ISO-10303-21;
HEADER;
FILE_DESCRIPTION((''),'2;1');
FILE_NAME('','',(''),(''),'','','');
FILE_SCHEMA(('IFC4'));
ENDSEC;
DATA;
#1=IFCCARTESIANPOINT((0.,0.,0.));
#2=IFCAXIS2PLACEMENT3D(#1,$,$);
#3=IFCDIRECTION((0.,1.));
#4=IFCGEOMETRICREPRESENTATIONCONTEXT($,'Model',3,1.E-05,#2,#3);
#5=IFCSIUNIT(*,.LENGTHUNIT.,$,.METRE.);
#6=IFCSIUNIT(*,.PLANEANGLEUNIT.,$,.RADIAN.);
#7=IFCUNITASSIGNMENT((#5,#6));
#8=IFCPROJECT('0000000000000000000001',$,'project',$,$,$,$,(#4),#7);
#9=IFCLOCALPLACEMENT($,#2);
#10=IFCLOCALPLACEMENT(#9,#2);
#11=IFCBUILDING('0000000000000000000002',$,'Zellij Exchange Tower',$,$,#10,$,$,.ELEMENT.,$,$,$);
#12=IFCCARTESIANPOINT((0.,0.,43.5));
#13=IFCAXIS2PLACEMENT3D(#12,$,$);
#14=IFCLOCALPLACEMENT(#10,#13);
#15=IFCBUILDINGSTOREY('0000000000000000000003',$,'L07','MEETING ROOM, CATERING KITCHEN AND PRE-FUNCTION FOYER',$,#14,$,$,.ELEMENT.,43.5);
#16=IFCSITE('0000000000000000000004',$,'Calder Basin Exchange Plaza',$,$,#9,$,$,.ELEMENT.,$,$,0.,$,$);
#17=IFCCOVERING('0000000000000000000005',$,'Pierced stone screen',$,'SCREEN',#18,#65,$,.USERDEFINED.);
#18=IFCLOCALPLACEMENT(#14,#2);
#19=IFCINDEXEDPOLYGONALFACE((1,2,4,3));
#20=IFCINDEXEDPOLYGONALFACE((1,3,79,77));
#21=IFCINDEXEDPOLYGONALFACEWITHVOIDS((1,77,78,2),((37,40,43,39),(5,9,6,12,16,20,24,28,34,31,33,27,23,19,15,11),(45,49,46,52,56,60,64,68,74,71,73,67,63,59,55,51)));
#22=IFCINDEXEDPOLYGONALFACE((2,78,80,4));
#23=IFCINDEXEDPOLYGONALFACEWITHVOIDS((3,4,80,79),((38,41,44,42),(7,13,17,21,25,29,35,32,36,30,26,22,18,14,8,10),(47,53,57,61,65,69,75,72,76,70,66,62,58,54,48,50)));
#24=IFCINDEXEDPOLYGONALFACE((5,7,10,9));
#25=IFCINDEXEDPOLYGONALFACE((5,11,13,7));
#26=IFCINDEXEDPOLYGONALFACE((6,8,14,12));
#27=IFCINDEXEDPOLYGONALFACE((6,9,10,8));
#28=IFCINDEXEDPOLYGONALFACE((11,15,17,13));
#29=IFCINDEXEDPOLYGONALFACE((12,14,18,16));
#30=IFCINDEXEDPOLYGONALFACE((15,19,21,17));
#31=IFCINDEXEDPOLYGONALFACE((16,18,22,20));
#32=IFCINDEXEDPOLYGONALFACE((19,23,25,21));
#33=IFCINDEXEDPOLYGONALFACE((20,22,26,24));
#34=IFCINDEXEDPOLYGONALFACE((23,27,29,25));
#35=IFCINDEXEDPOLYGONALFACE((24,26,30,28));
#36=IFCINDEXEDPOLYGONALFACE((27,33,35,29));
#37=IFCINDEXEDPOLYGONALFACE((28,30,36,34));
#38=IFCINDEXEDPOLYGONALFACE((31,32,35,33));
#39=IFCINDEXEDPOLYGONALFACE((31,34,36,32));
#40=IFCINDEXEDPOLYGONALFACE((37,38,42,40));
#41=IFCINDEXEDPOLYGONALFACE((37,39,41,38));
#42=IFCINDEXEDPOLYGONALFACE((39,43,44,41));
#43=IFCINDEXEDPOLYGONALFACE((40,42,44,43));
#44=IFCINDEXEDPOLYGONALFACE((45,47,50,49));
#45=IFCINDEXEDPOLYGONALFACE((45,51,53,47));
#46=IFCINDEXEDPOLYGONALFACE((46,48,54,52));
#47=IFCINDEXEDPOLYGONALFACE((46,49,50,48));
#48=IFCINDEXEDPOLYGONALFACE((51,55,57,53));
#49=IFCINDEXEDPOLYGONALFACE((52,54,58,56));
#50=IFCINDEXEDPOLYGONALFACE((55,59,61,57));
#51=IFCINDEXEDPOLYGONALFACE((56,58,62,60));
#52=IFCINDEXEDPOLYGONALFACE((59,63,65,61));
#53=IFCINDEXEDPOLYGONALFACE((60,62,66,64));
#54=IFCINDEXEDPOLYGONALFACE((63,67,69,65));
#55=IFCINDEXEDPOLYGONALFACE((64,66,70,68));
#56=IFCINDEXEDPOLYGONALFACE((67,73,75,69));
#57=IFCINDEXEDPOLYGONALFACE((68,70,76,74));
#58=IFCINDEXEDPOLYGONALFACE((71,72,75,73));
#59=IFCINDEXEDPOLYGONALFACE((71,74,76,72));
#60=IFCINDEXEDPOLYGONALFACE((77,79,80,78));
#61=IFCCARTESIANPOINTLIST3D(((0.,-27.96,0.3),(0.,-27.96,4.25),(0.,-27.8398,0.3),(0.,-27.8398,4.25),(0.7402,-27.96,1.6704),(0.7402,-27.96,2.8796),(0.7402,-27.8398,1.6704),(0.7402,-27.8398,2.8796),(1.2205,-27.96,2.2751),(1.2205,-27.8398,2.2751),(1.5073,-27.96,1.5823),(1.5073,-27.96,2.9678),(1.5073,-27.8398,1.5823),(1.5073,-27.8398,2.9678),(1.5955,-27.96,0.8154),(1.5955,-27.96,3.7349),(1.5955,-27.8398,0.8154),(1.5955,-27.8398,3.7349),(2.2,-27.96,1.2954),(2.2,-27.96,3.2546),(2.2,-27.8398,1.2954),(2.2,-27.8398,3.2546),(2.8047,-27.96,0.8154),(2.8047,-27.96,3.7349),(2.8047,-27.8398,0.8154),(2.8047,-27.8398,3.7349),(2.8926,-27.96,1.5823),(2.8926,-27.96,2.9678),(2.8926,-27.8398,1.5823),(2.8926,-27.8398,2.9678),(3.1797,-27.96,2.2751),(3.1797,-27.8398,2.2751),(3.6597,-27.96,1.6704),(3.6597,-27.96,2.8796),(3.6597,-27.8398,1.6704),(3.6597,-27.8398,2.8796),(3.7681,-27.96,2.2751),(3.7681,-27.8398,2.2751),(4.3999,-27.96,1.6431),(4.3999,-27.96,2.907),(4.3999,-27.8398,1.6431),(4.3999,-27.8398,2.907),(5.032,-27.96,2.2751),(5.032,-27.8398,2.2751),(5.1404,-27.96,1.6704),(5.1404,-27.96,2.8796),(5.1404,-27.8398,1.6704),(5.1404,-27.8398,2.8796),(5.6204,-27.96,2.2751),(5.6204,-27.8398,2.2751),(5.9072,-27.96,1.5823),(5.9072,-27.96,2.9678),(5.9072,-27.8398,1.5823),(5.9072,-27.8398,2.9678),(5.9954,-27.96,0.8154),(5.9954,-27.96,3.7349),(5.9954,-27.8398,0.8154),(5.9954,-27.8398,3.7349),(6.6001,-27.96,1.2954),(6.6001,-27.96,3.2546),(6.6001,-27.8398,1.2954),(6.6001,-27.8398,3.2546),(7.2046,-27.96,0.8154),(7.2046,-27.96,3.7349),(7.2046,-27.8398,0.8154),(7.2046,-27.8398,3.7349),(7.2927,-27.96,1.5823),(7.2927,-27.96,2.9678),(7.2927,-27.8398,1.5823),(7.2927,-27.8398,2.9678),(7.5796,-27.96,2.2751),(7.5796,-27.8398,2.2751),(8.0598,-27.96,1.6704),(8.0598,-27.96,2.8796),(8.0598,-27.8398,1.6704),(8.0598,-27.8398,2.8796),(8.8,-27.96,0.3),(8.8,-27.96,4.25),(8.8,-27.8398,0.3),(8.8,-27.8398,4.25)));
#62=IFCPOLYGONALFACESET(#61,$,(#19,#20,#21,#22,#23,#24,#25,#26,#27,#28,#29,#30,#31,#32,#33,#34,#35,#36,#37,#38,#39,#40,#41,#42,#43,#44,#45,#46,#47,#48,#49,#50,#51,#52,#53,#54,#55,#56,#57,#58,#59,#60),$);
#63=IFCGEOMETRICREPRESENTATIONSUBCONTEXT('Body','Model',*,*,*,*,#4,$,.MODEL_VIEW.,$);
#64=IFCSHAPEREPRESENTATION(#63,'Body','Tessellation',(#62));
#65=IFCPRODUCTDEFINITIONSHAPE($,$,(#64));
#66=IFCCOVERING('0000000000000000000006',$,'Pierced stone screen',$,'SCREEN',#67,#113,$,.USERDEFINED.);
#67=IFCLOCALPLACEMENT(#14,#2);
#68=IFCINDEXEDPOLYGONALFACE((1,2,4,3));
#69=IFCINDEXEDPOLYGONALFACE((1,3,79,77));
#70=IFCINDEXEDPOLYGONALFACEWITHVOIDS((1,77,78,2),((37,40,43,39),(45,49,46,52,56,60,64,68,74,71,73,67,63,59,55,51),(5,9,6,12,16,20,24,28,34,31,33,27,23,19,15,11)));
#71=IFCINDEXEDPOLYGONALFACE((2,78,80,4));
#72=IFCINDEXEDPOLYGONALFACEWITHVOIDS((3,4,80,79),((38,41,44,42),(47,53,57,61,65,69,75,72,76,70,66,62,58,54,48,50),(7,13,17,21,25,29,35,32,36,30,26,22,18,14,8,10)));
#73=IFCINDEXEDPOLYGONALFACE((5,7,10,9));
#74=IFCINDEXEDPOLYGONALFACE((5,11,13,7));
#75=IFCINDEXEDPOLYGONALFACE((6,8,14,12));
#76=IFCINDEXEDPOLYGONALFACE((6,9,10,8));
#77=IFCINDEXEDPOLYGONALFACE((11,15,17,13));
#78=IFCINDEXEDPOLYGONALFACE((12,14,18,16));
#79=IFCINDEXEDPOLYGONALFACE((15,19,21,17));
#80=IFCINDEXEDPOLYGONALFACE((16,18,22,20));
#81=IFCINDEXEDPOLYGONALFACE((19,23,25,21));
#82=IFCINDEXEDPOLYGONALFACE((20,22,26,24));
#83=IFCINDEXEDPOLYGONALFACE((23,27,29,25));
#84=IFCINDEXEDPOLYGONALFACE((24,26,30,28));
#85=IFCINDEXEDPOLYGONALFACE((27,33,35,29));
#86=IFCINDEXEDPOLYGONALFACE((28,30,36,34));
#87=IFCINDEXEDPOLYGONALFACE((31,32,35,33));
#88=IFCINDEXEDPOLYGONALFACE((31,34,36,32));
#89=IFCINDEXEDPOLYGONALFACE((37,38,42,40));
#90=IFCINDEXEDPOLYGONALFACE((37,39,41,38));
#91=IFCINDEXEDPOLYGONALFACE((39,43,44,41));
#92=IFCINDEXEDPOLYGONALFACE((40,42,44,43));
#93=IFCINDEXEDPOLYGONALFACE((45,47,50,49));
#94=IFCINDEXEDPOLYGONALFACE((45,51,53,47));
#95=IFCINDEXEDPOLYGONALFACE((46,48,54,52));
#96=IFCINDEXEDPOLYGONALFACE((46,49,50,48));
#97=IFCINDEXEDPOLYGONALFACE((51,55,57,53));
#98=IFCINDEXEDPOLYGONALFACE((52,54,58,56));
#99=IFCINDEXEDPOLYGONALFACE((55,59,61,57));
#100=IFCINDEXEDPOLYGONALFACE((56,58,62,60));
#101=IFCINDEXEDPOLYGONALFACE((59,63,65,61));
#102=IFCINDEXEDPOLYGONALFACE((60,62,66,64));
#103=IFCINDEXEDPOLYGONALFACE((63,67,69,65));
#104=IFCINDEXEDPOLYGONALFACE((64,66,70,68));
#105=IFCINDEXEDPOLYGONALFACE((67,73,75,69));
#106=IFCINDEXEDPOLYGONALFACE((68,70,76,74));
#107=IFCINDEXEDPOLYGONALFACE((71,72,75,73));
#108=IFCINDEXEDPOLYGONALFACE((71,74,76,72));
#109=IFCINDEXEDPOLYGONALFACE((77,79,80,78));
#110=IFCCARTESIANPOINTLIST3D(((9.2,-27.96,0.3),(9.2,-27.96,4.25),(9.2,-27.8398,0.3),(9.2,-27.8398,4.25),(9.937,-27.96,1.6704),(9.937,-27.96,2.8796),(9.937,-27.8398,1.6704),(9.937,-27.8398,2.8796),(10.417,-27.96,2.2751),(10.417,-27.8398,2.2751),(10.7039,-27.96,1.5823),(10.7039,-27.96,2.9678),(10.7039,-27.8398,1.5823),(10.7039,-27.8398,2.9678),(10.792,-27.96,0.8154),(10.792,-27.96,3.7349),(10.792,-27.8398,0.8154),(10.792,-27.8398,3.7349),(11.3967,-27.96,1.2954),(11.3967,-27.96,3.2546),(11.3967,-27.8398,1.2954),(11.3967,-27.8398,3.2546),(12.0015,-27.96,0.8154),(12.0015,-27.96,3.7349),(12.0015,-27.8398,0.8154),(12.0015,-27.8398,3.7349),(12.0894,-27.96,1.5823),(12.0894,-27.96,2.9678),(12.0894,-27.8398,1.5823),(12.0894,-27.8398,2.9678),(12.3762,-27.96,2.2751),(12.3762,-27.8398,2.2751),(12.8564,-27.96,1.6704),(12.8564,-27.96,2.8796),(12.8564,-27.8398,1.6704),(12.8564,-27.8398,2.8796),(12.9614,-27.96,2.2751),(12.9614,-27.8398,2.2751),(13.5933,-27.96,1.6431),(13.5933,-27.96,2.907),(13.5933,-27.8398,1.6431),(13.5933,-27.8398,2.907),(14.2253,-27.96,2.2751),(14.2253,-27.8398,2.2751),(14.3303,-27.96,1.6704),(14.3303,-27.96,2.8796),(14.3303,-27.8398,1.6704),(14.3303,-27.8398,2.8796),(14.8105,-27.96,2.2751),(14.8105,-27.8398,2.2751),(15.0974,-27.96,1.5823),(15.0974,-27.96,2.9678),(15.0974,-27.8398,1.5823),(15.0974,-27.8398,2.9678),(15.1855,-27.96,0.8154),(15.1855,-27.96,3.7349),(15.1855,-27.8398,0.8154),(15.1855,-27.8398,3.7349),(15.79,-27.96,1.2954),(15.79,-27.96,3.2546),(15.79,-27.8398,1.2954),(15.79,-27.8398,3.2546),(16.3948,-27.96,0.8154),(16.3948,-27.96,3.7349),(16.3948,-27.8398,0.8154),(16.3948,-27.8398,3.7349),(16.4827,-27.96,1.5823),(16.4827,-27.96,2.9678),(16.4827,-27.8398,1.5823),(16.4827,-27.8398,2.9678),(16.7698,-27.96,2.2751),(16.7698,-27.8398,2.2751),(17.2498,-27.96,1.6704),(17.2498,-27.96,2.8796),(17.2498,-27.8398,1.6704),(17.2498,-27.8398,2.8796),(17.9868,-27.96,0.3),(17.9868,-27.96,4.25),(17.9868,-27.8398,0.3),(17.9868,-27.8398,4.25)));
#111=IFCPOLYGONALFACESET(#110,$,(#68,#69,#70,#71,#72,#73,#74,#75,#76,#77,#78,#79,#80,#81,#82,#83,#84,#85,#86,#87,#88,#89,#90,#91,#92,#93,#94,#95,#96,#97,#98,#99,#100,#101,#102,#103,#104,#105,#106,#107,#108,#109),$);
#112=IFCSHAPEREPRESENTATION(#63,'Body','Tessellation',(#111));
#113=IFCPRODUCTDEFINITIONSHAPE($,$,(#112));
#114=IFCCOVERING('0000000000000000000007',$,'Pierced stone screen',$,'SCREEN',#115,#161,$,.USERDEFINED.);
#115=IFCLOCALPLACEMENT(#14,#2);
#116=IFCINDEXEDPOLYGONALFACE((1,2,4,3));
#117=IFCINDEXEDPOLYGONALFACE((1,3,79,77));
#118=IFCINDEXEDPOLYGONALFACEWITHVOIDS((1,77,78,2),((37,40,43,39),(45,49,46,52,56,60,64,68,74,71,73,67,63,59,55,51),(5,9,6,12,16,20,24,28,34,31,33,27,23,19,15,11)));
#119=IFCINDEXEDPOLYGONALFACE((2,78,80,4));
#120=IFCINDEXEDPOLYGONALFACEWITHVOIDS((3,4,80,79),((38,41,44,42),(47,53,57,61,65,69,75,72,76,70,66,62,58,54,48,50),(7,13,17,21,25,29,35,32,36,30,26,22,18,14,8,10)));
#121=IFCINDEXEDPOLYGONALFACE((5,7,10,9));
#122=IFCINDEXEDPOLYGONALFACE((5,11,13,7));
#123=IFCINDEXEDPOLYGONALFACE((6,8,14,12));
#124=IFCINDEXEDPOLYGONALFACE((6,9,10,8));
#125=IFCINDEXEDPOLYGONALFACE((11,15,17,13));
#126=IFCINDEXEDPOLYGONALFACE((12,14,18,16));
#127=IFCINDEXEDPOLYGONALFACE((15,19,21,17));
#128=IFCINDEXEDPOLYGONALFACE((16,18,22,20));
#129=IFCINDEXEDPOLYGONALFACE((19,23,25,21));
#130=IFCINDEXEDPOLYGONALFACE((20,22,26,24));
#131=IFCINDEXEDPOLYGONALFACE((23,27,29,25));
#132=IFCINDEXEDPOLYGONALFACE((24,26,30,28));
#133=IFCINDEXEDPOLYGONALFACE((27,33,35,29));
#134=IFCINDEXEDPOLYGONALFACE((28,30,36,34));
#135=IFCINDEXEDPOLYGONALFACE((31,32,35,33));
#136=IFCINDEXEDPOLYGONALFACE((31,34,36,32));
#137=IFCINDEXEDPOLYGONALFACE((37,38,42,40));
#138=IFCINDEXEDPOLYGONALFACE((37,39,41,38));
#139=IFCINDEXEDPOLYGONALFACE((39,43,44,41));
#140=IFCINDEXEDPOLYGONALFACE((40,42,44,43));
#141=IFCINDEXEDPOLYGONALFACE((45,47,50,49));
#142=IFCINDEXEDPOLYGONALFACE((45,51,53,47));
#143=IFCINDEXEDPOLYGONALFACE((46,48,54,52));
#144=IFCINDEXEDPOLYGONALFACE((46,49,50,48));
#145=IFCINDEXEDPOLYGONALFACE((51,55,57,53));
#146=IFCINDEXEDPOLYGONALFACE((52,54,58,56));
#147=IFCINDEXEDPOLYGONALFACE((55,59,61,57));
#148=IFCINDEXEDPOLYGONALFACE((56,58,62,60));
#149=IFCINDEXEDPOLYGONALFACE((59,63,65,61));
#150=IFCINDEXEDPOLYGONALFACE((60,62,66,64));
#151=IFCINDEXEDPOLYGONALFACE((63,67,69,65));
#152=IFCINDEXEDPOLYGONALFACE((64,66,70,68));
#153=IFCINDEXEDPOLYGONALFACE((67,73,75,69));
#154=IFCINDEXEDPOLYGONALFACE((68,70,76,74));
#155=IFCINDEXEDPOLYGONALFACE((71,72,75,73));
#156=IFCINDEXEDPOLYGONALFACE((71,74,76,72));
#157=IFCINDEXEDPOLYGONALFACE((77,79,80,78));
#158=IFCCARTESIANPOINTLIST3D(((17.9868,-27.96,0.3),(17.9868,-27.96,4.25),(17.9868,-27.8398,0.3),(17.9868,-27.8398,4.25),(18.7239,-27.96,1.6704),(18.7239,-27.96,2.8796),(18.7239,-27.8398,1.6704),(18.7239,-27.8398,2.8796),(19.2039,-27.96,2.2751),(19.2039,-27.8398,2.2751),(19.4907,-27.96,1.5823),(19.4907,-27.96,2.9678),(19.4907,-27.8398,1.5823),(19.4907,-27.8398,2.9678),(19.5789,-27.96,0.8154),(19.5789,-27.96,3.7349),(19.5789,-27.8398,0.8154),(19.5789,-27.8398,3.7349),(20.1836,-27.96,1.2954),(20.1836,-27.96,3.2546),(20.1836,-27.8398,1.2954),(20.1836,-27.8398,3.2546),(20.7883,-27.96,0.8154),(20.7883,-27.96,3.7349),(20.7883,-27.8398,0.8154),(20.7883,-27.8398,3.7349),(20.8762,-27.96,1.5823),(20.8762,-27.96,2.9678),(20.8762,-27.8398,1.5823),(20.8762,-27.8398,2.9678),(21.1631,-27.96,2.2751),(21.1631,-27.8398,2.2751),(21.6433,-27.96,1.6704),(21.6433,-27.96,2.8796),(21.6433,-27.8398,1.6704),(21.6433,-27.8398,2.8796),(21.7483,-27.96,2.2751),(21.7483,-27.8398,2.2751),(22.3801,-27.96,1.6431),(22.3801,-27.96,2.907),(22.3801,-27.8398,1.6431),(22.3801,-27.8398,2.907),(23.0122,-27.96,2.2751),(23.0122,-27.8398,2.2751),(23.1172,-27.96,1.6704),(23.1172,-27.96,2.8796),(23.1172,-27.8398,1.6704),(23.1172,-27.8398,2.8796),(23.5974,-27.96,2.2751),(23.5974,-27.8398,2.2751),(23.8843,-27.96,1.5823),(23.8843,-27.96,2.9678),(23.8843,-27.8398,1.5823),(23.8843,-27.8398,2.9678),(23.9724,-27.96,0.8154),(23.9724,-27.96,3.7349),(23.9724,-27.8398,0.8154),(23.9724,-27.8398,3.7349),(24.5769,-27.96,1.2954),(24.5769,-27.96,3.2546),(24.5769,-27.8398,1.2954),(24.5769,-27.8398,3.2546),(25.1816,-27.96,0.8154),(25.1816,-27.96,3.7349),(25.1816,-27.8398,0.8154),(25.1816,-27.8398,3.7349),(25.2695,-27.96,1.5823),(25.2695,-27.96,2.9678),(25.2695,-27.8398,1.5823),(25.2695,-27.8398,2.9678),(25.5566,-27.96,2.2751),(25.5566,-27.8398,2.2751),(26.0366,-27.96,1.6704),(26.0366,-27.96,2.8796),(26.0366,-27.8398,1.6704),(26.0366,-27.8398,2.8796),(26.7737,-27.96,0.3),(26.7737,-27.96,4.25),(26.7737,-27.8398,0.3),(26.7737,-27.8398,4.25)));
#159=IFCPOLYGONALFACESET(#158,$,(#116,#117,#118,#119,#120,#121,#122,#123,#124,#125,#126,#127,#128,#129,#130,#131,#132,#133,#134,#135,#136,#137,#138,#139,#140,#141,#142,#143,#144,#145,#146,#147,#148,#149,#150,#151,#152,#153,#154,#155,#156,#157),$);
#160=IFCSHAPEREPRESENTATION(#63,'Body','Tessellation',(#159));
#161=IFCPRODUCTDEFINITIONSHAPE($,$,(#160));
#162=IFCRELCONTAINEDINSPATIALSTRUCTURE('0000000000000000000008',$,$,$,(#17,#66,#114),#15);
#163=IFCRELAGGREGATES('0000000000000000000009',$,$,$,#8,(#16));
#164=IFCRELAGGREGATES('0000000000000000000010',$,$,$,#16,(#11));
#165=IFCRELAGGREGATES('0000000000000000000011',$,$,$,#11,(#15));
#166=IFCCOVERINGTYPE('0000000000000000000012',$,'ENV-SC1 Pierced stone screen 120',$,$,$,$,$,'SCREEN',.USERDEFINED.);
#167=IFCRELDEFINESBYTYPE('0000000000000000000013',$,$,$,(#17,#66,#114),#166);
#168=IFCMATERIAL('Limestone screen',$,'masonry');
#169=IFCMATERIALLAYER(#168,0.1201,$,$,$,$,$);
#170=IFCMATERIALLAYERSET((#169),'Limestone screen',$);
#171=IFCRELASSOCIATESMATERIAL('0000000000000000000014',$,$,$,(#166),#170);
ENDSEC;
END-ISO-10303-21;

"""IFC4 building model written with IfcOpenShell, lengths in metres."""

from ifc_helpers import new_model, si_unit, direction, frame, origin, place, context, subcontext, project, spatial, polyline, outline, extrude, material, layer, layer_set, type_object, element, save


model = new_model("IFC4")

# Units and contexts
model_context = context("Model", 3, precision=1e-05, world=origin(), true_north=direction((0.0, 1.0)))
body_context = subcontext(model_context, "Body", "Model", "MODEL_VIEW")
ifc_project = project(units=[si_unit("LENGTHUNIT", "METRE"), si_unit("PLANEANGLEUNIT", "RADIAN")], contexts=[model_context])

# Site, building, storey
site_placement = place(None, origin())
site = spatial("IfcSite", under=ifc_project, at=site_placement, Name="Calder Basin Exchange Plaza", CompositionType="ELEMENT", RefElevation=0.0)
building_placement = place(site_placement, origin())
building = spatial("IfcBuilding", under=site, at=building_placement, Name="Zellij Exchange Tower", CompositionType="ELEMENT")
storey_placement = place(building_placement, frame((0.0, 0.0, 43.5)))
storey = spatial("IfcBuildingStorey", under=building, at=storey_placement, Name="L07", Description="MEETING ROOM, CATERING KITCHEN AND PRE-FUNCTION FOYER", CompositionType="ELEMENT", Elevation=43.5)

# Coverings
ifc_material_1 = material(Name="Limestone screen", Category="masonry")
ifc_layer_1 = layer(ifc_material_1, 0.1201)
ifc_layer_set_1 = layer_set([ifc_layer_1], Name="Limestone screen")
covering_type_1 = type_object("IfcCoveringType", Name="ENV-SC1 Pierced stone screen 120", ElementType="SCREEN", PredefinedType="USERDEFINED", material=ifc_layer_set_1)
covering_1_placement = place(storey_placement, frame((0.0, -27.8999, 0.3), z_axis=(0.0, 0.0, 1.0), x_axis=(1.0, 0.0, 0.0)))
element("IfcCovering", 1, at=covering_1_placement, inside=storey, type_object=covering_type_1, Name="Pierced stone screen", ObjectType="SCREEN", PredefinedType="USERDEFINED", context=body_context, shape_type="SweptSolid", body=[
    extrude(outline(polyline([(0.0, 0.0), (8.8, 0.0), (8.8, 3.95), (0.0, 3.95), (0.0, 0.0)]), holes=[polyline([(3.6597, 2.5796), (2.8926, 2.6677), (2.8047, 3.4348), (2.2, 2.9546), (1.5955, 3.4348), (1.5073, 2.6677), (0.7402, 2.5796), (1.2205, 1.9751), (0.7402, 1.3704), (1.5073, 1.2822), (1.5955, 0.5154), (2.2, 0.9954), (2.8047, 0.5154), (2.8926, 1.2822), (3.6597, 1.3704), (3.1797, 1.9751), (3.6597, 2.5796)]), polyline([(8.0598, 2.5796), (7.2927, 2.6677), (7.2046, 3.4348), (6.6001, 2.9546), (5.9954, 3.4348), (5.9072, 2.6677), (5.1404, 2.5796), (5.6204, 1.9751), (5.1404, 1.3704), (5.9072, 1.2822), (5.9954, 0.5154), (6.6001, 0.9954), (7.2046, 0.5154), (7.2927, 1.2822), (8.0598, 1.3704), (7.5796, 1.9751), (8.0598, 2.5796)]), polyline([(5.032, 1.9751), (4.3999, 2.6069), (3.7681, 1.9751), (4.3999, 1.343), (5.032, 1.9751)])]), frame((0.0, 0.0601, 0.0), z_axis=(0.0, -1.0, 0.0), x_axis=(1.0, 0.0, 0.0)), (0.0, 0.0, 1.0), 0.1201),
])
for number, where, z_axis, x_axis, name in (
    (2, (9.2, -27.8999, 0.3), (0.0, 0.0, 1.0), (1.0, 0.0, 0.0), "Pierced stone screen"),
    (3, (17.9868, -27.8999, 0.3), (0.0, 0.0, 1.0), (1.0, 0.0, 0.0), "Pierced stone screen"),
):
    element("IfcCovering", number, at=place(storey_placement, frame(where, z_axis=z_axis, x_axis=x_axis)), inside=storey, type_object=covering_type_1, Name=name, ObjectType="SCREEN", PredefinedType="USERDEFINED", context=body_context, shape_type="SweptSolid", body=[
        extrude(outline(polyline([(0.0, 0.0), (8.7869, 0.0), (8.7869, 3.95), (0.0, 3.95), (0.0, 0.0)]), holes=[polyline([(3.6565, 2.5796), (2.8894, 2.6677), (2.8015, 3.4348), (2.1968, 2.9546), (1.592, 3.4348), (1.5039, 2.6677), (0.7371, 2.5796), (1.217, 1.9751), (0.7371, 1.3704), (1.5039, 1.2822), (1.592, 0.5154), (2.1968, 0.9954), (2.8015, 0.5154), (2.8894, 1.2822), (3.6565, 1.3704), (3.1763, 1.9751), (3.6565, 2.5796)]), polyline([(8.0498, 2.5796), (7.2827, 2.6677), (7.1948, 3.4348), (6.5901, 2.9546), (5.9856, 3.4348), (5.8975, 2.6677), (5.1304, 2.5796), (5.6106, 1.9751), (5.1304, 1.3704), (5.8975, 1.2822), (5.9856, 0.5154), (6.5901, 0.9954), (7.1948, 0.5154), (7.2827, 1.2822), (8.0498, 1.3704), (7.5698, 1.9751), (8.0498, 2.5796)]), polyline([(5.0254, 1.9751), (4.3933, 2.6069), (3.7615, 1.9751), (4.3933, 1.343), (5.0254, 1.9751)])]), frame((0.0, 0.0601, 0.0), z_axis=(0.0, -1.0, 0.0), x_axis=(1.0, 0.0, 0.0)), (0.0, 0.0, 1.0), 0.1201),
    ])

save(model, "model.ifc")
